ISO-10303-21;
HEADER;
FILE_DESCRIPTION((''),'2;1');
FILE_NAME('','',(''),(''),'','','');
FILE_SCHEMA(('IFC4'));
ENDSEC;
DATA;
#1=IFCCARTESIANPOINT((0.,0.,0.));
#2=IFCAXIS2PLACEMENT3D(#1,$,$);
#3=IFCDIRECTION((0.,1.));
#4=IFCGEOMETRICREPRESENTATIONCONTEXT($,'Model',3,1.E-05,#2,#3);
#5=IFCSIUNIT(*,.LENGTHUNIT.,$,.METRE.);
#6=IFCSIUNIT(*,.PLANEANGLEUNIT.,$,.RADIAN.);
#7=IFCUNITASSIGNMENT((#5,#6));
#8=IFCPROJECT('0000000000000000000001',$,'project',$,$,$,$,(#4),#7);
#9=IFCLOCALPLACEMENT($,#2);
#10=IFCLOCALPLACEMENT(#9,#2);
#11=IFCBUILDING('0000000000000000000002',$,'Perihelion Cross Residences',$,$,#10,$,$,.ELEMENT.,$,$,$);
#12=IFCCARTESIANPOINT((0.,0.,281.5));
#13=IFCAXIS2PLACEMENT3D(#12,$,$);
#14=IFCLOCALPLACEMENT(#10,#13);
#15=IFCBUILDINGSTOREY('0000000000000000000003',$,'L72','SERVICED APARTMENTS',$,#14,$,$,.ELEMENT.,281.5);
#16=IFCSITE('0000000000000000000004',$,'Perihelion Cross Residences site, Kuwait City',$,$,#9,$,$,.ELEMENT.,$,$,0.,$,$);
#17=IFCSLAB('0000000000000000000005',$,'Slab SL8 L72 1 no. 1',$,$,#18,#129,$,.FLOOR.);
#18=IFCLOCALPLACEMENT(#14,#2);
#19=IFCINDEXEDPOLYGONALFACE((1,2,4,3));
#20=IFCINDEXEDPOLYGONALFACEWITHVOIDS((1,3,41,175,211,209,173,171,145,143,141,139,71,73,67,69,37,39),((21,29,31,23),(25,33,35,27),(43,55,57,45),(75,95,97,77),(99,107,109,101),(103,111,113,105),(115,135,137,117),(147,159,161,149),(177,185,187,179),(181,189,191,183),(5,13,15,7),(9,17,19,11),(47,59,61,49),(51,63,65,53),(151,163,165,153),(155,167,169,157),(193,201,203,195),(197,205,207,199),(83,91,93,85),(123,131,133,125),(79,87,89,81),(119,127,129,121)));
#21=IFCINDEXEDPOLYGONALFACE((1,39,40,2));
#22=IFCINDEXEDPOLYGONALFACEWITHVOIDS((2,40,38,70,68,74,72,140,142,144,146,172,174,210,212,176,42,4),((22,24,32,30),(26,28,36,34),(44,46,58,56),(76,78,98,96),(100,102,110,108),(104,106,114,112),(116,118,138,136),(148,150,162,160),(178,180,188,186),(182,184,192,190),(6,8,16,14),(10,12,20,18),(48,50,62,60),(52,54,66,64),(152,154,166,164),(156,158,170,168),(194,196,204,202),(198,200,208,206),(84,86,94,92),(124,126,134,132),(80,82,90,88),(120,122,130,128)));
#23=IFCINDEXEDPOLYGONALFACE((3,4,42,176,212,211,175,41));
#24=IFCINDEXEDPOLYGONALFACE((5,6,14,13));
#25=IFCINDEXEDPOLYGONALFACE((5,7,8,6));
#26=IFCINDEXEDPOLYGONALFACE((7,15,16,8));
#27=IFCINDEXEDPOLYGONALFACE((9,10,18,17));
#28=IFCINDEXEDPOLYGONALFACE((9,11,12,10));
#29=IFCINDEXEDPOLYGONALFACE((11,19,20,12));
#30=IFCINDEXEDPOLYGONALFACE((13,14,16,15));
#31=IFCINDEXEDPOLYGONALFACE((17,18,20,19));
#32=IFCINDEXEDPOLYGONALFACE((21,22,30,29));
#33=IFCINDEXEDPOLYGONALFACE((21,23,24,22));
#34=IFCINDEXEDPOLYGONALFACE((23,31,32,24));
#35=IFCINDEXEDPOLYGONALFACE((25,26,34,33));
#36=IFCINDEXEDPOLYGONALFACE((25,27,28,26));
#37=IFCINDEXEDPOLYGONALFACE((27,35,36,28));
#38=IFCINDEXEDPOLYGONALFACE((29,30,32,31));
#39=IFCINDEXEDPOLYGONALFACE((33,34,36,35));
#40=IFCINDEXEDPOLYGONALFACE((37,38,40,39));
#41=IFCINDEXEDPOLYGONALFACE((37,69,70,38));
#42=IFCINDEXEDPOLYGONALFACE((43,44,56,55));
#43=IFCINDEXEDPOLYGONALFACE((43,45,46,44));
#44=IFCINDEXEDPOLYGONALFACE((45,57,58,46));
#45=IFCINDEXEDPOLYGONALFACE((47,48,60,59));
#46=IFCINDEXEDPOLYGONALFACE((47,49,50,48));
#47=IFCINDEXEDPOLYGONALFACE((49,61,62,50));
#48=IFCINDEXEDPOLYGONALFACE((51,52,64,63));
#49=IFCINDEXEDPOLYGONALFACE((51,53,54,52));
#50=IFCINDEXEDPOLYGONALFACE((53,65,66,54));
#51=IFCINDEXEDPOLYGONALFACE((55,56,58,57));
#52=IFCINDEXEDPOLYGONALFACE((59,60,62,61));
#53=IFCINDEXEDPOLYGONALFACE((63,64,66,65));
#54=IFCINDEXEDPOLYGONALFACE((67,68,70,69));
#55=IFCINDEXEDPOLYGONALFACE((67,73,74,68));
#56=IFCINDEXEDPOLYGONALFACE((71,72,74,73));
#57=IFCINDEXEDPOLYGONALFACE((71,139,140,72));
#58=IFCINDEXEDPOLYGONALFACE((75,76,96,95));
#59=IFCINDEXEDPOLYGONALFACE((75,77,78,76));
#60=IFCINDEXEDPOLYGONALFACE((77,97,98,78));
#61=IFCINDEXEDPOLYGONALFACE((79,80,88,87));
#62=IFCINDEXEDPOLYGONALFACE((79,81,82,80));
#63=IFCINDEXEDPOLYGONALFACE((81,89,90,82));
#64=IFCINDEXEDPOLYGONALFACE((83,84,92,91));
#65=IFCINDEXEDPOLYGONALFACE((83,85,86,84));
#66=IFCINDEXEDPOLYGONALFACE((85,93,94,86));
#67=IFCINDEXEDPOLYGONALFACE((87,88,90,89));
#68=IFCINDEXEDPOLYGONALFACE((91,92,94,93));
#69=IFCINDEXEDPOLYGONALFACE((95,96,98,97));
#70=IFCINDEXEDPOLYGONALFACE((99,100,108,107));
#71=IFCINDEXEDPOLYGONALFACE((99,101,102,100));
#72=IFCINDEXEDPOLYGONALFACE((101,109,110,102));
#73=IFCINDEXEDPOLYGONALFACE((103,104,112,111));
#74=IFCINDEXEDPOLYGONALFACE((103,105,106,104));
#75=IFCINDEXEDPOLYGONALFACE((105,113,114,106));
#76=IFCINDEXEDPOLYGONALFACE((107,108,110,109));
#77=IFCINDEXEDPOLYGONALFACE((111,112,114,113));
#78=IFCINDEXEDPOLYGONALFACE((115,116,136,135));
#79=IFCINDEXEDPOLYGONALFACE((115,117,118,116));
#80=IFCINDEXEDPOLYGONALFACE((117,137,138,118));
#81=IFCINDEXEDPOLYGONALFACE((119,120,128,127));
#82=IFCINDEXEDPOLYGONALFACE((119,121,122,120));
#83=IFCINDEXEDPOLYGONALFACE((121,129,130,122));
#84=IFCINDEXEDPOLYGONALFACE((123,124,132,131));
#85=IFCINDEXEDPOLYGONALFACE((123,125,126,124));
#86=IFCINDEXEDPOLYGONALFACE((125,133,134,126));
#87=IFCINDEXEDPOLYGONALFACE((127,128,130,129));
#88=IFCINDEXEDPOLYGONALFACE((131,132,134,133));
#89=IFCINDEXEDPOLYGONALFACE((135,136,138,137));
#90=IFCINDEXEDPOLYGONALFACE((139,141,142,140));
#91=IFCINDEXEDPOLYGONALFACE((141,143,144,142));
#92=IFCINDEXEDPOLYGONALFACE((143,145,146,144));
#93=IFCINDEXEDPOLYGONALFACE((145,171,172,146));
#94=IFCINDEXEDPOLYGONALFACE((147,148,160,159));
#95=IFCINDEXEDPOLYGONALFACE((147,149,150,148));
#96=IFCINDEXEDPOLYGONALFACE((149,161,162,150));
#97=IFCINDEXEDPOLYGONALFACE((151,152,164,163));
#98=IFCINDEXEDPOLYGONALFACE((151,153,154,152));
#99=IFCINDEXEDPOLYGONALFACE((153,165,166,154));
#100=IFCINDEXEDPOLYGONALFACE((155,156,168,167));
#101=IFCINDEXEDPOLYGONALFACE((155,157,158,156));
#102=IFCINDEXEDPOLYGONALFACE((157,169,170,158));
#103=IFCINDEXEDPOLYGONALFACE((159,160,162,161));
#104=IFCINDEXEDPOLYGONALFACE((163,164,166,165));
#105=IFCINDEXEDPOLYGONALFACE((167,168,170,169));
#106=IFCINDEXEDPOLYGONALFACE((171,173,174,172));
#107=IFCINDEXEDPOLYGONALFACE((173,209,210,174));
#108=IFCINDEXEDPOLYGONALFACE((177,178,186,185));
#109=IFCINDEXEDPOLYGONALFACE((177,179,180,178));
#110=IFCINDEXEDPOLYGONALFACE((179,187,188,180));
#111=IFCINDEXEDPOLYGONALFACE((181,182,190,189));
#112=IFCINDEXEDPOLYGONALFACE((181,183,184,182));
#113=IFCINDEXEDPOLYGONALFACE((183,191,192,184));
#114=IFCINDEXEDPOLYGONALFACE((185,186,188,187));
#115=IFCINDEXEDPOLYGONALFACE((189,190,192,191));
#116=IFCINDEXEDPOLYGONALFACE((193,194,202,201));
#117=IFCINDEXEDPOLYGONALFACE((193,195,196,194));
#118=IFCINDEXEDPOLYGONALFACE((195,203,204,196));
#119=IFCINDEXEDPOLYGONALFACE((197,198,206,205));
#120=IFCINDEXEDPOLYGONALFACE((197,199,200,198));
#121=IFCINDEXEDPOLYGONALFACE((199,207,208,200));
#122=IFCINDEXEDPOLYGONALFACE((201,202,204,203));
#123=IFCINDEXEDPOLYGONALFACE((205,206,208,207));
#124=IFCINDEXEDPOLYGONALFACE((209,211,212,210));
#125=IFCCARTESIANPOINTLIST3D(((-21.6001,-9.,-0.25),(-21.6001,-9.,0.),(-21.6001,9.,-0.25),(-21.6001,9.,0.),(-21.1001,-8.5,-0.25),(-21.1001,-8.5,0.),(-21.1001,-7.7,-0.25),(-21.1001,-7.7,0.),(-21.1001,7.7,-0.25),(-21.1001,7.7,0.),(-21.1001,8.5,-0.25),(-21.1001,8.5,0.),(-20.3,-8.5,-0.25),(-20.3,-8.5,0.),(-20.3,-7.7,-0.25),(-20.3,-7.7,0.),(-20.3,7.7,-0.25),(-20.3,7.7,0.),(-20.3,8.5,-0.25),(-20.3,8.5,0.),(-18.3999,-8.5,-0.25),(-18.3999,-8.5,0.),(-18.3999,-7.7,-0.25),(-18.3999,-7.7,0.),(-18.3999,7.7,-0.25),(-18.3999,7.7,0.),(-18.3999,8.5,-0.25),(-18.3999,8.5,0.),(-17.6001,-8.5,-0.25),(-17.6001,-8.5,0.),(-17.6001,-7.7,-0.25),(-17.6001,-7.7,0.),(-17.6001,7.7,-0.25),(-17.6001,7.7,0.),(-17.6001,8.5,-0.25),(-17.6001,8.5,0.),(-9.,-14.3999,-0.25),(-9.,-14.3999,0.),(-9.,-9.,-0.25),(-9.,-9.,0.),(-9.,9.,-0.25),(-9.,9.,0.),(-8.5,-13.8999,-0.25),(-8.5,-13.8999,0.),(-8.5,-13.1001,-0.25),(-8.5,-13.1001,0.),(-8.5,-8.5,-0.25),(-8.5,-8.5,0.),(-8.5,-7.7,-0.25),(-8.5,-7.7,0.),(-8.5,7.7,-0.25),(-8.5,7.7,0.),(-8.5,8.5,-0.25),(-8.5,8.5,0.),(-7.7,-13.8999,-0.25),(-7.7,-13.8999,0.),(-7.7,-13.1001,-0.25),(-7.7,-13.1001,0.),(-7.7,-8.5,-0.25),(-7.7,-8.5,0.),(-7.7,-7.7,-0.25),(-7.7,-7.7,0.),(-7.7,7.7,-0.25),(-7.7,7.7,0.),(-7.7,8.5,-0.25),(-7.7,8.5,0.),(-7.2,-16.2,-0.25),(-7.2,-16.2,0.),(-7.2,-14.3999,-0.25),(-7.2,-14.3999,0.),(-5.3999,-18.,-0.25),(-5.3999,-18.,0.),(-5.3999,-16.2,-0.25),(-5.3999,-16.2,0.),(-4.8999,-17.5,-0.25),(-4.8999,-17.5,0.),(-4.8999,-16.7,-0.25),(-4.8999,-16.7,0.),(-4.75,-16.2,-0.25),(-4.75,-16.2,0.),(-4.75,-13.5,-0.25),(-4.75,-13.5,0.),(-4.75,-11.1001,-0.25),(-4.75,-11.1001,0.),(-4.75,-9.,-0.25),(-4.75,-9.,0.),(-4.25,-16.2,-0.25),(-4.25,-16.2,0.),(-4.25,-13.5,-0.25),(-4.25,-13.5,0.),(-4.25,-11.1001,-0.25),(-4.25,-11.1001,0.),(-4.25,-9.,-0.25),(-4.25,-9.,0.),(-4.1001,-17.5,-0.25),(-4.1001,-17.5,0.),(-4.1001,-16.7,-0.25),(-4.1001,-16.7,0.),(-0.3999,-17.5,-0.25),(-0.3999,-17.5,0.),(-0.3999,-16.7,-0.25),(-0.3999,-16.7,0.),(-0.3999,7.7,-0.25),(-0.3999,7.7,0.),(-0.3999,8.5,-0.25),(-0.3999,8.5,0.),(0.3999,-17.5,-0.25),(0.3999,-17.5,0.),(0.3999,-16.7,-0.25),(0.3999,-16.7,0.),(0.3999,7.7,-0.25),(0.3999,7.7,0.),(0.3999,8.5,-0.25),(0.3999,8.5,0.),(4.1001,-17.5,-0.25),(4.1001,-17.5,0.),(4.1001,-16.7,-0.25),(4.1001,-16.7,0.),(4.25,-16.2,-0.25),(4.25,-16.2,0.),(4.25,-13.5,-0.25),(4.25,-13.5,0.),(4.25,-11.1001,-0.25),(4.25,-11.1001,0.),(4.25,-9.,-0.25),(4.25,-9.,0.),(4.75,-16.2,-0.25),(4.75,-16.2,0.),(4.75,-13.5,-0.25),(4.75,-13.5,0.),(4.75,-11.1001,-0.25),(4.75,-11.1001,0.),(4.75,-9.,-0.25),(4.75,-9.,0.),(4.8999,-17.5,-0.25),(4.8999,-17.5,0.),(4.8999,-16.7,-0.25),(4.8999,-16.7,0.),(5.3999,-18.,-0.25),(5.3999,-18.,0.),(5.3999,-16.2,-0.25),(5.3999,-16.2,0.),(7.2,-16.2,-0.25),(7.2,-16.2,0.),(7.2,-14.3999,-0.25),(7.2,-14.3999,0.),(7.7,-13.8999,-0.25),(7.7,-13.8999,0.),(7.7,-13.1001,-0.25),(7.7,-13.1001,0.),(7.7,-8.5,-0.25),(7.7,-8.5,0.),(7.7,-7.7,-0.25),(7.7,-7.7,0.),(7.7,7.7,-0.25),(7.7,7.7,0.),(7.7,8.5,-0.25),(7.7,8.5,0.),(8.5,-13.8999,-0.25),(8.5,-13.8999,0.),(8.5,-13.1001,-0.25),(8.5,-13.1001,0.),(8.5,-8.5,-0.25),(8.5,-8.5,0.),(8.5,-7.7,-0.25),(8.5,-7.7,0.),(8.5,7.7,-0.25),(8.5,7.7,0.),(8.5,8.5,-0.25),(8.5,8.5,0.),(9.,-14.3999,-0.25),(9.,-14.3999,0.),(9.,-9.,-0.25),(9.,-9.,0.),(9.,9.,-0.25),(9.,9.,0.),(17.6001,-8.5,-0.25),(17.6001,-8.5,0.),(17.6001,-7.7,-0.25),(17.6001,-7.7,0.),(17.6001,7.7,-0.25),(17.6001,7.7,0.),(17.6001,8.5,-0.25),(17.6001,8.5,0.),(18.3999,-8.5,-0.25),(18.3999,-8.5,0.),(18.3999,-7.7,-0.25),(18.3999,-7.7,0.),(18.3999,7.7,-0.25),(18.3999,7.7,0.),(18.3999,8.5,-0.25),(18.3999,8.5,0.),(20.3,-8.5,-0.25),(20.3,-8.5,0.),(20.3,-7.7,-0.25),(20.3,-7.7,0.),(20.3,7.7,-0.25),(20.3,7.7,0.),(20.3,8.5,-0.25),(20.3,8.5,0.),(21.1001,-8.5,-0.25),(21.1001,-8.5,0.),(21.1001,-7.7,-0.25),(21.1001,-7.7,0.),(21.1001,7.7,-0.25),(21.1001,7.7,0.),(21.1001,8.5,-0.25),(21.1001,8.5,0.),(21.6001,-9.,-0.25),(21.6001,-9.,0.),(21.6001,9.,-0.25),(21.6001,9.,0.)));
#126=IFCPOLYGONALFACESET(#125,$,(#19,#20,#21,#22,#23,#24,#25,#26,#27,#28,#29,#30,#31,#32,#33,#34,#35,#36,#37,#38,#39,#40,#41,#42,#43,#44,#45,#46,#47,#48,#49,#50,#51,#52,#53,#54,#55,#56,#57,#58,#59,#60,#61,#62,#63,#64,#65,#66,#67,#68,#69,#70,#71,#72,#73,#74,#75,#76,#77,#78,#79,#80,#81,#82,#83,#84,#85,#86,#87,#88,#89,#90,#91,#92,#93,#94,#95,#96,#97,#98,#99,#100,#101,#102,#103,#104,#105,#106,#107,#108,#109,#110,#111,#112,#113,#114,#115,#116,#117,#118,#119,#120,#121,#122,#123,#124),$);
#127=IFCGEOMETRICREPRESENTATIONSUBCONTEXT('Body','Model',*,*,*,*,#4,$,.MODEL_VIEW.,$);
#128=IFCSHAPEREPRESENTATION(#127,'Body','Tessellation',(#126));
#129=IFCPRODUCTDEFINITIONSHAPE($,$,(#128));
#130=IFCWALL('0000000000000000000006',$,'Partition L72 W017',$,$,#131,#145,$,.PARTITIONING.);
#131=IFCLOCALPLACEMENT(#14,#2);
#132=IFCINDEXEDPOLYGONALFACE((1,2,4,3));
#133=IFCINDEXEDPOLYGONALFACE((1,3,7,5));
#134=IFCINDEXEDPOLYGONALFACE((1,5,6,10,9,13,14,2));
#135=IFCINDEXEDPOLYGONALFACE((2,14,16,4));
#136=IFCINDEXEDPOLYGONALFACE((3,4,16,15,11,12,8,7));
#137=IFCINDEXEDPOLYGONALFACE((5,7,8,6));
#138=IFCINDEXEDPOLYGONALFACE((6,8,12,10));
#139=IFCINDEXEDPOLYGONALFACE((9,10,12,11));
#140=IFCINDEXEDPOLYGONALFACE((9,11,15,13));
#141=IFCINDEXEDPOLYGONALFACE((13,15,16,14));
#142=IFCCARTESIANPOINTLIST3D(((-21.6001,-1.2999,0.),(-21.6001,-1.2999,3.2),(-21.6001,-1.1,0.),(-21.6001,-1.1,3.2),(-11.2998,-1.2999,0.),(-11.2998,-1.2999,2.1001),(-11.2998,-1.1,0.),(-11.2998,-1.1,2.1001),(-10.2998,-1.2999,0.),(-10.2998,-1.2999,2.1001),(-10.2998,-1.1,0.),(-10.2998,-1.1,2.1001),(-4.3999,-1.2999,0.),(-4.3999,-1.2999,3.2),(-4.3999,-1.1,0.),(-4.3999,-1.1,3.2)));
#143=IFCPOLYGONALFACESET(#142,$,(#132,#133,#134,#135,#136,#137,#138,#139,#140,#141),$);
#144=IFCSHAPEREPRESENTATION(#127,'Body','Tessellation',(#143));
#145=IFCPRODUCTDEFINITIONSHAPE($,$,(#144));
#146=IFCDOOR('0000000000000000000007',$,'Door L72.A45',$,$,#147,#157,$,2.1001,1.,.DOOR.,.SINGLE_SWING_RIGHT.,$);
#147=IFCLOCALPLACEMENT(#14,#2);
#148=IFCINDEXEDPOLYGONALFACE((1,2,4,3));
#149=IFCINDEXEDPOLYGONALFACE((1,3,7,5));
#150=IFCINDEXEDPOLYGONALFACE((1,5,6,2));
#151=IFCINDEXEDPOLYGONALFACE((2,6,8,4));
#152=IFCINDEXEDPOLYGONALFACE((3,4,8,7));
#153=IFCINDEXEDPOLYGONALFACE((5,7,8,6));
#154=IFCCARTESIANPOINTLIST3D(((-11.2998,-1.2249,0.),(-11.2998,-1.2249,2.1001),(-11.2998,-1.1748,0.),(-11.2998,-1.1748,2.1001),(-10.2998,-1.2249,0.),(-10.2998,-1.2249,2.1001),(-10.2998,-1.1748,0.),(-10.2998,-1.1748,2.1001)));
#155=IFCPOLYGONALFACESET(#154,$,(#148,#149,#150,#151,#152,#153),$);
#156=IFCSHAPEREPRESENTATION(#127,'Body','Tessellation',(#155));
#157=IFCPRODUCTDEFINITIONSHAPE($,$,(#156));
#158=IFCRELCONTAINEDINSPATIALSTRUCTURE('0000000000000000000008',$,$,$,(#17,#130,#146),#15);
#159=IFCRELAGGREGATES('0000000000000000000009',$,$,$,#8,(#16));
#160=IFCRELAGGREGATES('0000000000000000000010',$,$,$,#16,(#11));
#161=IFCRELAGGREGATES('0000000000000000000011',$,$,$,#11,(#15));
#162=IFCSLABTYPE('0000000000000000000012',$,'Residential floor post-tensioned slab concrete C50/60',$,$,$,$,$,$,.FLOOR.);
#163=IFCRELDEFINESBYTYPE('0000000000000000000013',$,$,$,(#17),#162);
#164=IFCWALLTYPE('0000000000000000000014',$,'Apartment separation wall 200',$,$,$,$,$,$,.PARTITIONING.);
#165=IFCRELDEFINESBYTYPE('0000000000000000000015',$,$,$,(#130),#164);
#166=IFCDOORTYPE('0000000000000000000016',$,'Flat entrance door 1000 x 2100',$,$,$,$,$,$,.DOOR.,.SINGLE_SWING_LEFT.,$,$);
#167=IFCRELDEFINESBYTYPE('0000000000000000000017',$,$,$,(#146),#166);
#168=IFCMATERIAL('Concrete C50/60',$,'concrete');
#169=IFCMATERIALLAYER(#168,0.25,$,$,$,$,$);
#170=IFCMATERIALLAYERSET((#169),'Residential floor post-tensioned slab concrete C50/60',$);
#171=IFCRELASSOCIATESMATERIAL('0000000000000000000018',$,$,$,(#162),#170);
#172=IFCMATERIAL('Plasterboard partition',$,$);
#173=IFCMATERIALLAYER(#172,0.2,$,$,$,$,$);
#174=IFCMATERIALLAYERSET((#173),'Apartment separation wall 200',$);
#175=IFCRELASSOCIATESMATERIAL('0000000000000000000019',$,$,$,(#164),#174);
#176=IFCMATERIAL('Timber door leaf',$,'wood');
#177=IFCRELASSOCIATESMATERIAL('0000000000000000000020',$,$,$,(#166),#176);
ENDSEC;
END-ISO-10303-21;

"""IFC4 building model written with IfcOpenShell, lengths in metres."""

from ifc_helpers import new_model, si_unit, direction, frame, frame_2d, origin, place, context, subcontext, project, spatial, polyline, rectangle, outline, extrude, material, layer, layer_set, type_object, element, fill, save


model = new_model("IFC4")

# Units and contexts
model_context = context("Model", 3, precision=1e-05, world=origin(), true_north=direction((0.0, 1.0)))
body_context = subcontext(model_context, "Body", "Model", "MODEL_VIEW")
ifc_project = project(units=[si_unit("LENGTHUNIT", "METRE"), si_unit("PLANEANGLEUNIT", "RADIAN")], contexts=[model_context])

# Site, building, storey
site_placement = place(None, origin())
site = spatial("IfcSite", under=ifc_project, at=site_placement, Name="Perihelion Cross Residences site, Kuwait City", CompositionType="ELEMENT", RefElevation=0.0)
building_placement = place(site_placement, origin())
building = spatial("IfcBuilding", under=site, at=building_placement, Name="Perihelion Cross Residences", CompositionType="ELEMENT")
storey_placement = place(building_placement, frame((0.0, 0.0, 281.5)))
storey = spatial("IfcBuildingStorey", under=building, at=storey_placement, Name="L72", Description="SERVICED APARTMENTS", CompositionType="ELEMENT", Elevation=281.5)

# Slab
ifc_material_1 = material(Name="Concrete C50/60", Category="concrete")
ifc_layer_1 = layer(ifc_material_1, 0.25)
ifc_layer_set_1 = layer_set([ifc_layer_1], Name="Residential floor post-tensioned slab concrete C50/60")
slab_type_1 = type_object("IfcSlabType", Name="Residential floor post-tensioned slab concrete C50/60", PredefinedType="FLOOR", material=ifc_layer_set_1)
slab_1_placement = place(storey_placement, frame((0.0, 0.0, -0.25)))
element("IfcSlab", 1, at=slab_1_placement, inside=storey, type_object=slab_type_1, Name="Slab SL8 L72 1 no. 1", PredefinedType="FLOOR", context=body_context, shape_type="SweptSolid", body=[
    extrude(outline(polyline([(-9.0, 9.0), (9.0, 9.0), (21.6001, 9.0), (21.6001, -9.0), (9.0, -9.0), (9.0, -14.3999), (7.2, -14.3999), (7.2, -16.2), (5.3999, -16.2), (5.3999, -18.0), (-5.3999, -18.0), (-5.3999, -16.2), (-7.2, -16.2), (-7.2, -14.3999), (-9.0, -14.3999), (-9.0, -9.0), (-21.6001, -9.0), (-21.6001, 9.0), (-9.0, 9.0)]), holes=[polyline([(-4.1001, -16.7), (-4.8999, -16.7), (-4.8999, -17.5), (-4.1001, -17.5), (-4.1001, -16.7)]), polyline([(0.3999, -17.5), (0.3999, -16.7), (-0.3999, -16.7), (-0.3999, -17.5), (0.3999, -17.5)]), polyline([(-4.25, -16.2), (-4.25, -13.5), (-4.75, -13.5), (-4.75, -16.2), (-4.25, -16.2)]), polyline([(-7.7, -13.1001), (-8.5, -13.1001), (-8.5, -13.8999), (-7.7, -13.8999), (-7.7, -13.1001)]), polyline([(-4.25, -11.1001), (-4.25, -9.0), (-4.75, -9.0), (-4.75, -11.1001), (-4.25, -11.1001)]), polyline([(-20.3, -8.5), (-20.3, -7.7), (-21.1001, -7.7), (-21.1001, -8.5), (-20.3, -8.5)]), polyline([(-17.6001, -7.7), (-18.3999, -7.7), (-18.3999, -8.5), (-17.6001, -8.5), (-17.6001, -7.7)]), polyline([(-7.7, -8.5), (-7.7, -7.7), (-8.5, -7.7), (-8.5, -8.5), (-7.7, -8.5)]), polyline([(-20.3, 8.5), (-21.1001, 8.5), (-21.1001, 7.7), (-20.3, 7.7), (-20.3, 8.5)]), polyline([(-17.6001, 7.7), (-17.6001, 8.5), (-18.3999, 8.5), (-18.3999, 7.7), (-17.6001, 7.7)]), polyline([(-7.7, 7.7), (-7.7, 8.5), (-8.5, 8.5), (-8.5, 7.7), (-7.7, 7.7)]), polyline([(4.8999, -16.7), (4.1001, -16.7), (4.1001, -17.5), (4.8999, -17.5), (4.8999, -16.7)]), polyline([(4.75, -16.2), (4.75, -13.5), (4.25, -13.5), (4.25, -16.2), (4.75, -16.2)]), polyline([(8.5, -13.8999), (8.5, -13.1001), (7.7, -13.1001), (7.7, -13.8999), (8.5, -13.8999)]), polyline([(4.75, -9.0), (4.25, -9.0), (4.25, -11.1001), (4.75, -11.1001), (4.75, -9.0)]), polyline([(8.5, -8.5), (8.5, -7.7), (7.7, -7.7), (7.7, -8.5), (8.5, -8.5)]), polyline([(18.3999, -8.5), (18.3999, -7.7), (17.6001, -7.7), (17.6001, -8.5), (18.3999, -8.5)]), polyline([(21.1001, -7.7), (20.3, -7.7), (20.3, -8.5), (21.1001, -8.5), (21.1001, -7.7)]), polyline([(0.3999, 7.7), (0.3999, 8.5), (-0.3999, 8.5), (-0.3999, 7.7), (0.3999, 7.7)]), polyline([(8.5, 8.5), (7.7, 8.5), (7.7, 7.7), (8.5, 7.7), (8.5, 8.5)]), polyline([(18.3999, 7.7), (18.3999, 8.5), (17.6001, 8.5), (17.6001, 7.7), (18.3999, 7.7)]), polyline([(21.1001, 7.7), (21.1001, 8.5), (20.3, 8.5), (20.3, 7.7), (21.1001, 7.7)])]), origin(), (0.0, 0.0, 1.0), 0.25),
])

# Wall, opening, door
ifc_material_2 = material(Name="Plasterboard partition")
ifc_layer_2 = layer(ifc_material_2, 0.2)
ifc_layer_set_2 = layer_set([ifc_layer_2], Name="Apartment separation wall 200")
wall_type_1 = type_object("IfcWallType", Name="Apartment separation wall 200", PredefinedType="PARTITIONING", material=ifc_layer_set_2)
wall_1_placement = place(storey_placement, frame((-4.3999, -1.2, 0.0), z_axis=(0.0, 0.0, 1.0), x_axis=(-1.0, 0.0, 0.0)))
wall_1 = element("IfcWall", 2, at=wall_1_placement, inside=storey, type_object=wall_type_1, Name="Partition L72 W017", PredefinedType="PARTITIONING", context=body_context, shape_type="SweptSolid", body=[
    extrude(rectangle(XDim=17.2002, YDim=0.2, at=frame_2d((8.6001, 0.0))), origin(), (0.0, 0.0, 1.0), 3.2),
])
opening_1_placement = place(wall_1_placement, frame((5.8999, 0.0, 0.0)))
opening_1 = element("IfcOpeningElement", 3, at=opening_1_placement, cuts=wall_1, PredefinedType="OPENING", context=body_context, shape_type="SweptSolid", body=[
    extrude(rectangle(XDim=1.0, YDim=2.1001, at=frame_2d((0.5, 1.05))), frame((0.0, 0.1099, 0.0), z_axis=(0.0, -1.0, 0.0), x_axis=(1.0, 0.0, 0.0)), (0.0, 0.0, 1.0), 0.22),
])
ifc_material_3 = material(Name="Timber door leaf", Category="wood")
door_type_1 = type_object("IfcDoorType", Name="Flat entrance door 1000 x 2100", OperationType="SINGLE_SWING_LEFT", PredefinedType="DOOR", material=ifc_material_3)
door_1_placement = place(opening_1_placement, origin())
door_1 = element("IfcDoor", 4, at=door_1_placement, inside=storey, type_object=door_type_1, Name="Door L72.A45", OperationType="SINGLE_SWING_RIGHT", OverallHeight=2.1001, OverallWidth=1.0, PredefinedType="DOOR", context=body_context, shape_type="SweptSolid", body=[
    extrude(rectangle(XDim=1.0, YDim=2.1001, at=frame_2d((0.5, 1.05))), frame((0.0, 0.0249, 0.0), z_axis=(0.0, -1.0, 0.0), x_axis=(1.0, 0.0, 0.0)), (0.0, 0.0, 1.0), 0.05),
])
fill(opening_1, door_1)

save(model, "model.ifc")
